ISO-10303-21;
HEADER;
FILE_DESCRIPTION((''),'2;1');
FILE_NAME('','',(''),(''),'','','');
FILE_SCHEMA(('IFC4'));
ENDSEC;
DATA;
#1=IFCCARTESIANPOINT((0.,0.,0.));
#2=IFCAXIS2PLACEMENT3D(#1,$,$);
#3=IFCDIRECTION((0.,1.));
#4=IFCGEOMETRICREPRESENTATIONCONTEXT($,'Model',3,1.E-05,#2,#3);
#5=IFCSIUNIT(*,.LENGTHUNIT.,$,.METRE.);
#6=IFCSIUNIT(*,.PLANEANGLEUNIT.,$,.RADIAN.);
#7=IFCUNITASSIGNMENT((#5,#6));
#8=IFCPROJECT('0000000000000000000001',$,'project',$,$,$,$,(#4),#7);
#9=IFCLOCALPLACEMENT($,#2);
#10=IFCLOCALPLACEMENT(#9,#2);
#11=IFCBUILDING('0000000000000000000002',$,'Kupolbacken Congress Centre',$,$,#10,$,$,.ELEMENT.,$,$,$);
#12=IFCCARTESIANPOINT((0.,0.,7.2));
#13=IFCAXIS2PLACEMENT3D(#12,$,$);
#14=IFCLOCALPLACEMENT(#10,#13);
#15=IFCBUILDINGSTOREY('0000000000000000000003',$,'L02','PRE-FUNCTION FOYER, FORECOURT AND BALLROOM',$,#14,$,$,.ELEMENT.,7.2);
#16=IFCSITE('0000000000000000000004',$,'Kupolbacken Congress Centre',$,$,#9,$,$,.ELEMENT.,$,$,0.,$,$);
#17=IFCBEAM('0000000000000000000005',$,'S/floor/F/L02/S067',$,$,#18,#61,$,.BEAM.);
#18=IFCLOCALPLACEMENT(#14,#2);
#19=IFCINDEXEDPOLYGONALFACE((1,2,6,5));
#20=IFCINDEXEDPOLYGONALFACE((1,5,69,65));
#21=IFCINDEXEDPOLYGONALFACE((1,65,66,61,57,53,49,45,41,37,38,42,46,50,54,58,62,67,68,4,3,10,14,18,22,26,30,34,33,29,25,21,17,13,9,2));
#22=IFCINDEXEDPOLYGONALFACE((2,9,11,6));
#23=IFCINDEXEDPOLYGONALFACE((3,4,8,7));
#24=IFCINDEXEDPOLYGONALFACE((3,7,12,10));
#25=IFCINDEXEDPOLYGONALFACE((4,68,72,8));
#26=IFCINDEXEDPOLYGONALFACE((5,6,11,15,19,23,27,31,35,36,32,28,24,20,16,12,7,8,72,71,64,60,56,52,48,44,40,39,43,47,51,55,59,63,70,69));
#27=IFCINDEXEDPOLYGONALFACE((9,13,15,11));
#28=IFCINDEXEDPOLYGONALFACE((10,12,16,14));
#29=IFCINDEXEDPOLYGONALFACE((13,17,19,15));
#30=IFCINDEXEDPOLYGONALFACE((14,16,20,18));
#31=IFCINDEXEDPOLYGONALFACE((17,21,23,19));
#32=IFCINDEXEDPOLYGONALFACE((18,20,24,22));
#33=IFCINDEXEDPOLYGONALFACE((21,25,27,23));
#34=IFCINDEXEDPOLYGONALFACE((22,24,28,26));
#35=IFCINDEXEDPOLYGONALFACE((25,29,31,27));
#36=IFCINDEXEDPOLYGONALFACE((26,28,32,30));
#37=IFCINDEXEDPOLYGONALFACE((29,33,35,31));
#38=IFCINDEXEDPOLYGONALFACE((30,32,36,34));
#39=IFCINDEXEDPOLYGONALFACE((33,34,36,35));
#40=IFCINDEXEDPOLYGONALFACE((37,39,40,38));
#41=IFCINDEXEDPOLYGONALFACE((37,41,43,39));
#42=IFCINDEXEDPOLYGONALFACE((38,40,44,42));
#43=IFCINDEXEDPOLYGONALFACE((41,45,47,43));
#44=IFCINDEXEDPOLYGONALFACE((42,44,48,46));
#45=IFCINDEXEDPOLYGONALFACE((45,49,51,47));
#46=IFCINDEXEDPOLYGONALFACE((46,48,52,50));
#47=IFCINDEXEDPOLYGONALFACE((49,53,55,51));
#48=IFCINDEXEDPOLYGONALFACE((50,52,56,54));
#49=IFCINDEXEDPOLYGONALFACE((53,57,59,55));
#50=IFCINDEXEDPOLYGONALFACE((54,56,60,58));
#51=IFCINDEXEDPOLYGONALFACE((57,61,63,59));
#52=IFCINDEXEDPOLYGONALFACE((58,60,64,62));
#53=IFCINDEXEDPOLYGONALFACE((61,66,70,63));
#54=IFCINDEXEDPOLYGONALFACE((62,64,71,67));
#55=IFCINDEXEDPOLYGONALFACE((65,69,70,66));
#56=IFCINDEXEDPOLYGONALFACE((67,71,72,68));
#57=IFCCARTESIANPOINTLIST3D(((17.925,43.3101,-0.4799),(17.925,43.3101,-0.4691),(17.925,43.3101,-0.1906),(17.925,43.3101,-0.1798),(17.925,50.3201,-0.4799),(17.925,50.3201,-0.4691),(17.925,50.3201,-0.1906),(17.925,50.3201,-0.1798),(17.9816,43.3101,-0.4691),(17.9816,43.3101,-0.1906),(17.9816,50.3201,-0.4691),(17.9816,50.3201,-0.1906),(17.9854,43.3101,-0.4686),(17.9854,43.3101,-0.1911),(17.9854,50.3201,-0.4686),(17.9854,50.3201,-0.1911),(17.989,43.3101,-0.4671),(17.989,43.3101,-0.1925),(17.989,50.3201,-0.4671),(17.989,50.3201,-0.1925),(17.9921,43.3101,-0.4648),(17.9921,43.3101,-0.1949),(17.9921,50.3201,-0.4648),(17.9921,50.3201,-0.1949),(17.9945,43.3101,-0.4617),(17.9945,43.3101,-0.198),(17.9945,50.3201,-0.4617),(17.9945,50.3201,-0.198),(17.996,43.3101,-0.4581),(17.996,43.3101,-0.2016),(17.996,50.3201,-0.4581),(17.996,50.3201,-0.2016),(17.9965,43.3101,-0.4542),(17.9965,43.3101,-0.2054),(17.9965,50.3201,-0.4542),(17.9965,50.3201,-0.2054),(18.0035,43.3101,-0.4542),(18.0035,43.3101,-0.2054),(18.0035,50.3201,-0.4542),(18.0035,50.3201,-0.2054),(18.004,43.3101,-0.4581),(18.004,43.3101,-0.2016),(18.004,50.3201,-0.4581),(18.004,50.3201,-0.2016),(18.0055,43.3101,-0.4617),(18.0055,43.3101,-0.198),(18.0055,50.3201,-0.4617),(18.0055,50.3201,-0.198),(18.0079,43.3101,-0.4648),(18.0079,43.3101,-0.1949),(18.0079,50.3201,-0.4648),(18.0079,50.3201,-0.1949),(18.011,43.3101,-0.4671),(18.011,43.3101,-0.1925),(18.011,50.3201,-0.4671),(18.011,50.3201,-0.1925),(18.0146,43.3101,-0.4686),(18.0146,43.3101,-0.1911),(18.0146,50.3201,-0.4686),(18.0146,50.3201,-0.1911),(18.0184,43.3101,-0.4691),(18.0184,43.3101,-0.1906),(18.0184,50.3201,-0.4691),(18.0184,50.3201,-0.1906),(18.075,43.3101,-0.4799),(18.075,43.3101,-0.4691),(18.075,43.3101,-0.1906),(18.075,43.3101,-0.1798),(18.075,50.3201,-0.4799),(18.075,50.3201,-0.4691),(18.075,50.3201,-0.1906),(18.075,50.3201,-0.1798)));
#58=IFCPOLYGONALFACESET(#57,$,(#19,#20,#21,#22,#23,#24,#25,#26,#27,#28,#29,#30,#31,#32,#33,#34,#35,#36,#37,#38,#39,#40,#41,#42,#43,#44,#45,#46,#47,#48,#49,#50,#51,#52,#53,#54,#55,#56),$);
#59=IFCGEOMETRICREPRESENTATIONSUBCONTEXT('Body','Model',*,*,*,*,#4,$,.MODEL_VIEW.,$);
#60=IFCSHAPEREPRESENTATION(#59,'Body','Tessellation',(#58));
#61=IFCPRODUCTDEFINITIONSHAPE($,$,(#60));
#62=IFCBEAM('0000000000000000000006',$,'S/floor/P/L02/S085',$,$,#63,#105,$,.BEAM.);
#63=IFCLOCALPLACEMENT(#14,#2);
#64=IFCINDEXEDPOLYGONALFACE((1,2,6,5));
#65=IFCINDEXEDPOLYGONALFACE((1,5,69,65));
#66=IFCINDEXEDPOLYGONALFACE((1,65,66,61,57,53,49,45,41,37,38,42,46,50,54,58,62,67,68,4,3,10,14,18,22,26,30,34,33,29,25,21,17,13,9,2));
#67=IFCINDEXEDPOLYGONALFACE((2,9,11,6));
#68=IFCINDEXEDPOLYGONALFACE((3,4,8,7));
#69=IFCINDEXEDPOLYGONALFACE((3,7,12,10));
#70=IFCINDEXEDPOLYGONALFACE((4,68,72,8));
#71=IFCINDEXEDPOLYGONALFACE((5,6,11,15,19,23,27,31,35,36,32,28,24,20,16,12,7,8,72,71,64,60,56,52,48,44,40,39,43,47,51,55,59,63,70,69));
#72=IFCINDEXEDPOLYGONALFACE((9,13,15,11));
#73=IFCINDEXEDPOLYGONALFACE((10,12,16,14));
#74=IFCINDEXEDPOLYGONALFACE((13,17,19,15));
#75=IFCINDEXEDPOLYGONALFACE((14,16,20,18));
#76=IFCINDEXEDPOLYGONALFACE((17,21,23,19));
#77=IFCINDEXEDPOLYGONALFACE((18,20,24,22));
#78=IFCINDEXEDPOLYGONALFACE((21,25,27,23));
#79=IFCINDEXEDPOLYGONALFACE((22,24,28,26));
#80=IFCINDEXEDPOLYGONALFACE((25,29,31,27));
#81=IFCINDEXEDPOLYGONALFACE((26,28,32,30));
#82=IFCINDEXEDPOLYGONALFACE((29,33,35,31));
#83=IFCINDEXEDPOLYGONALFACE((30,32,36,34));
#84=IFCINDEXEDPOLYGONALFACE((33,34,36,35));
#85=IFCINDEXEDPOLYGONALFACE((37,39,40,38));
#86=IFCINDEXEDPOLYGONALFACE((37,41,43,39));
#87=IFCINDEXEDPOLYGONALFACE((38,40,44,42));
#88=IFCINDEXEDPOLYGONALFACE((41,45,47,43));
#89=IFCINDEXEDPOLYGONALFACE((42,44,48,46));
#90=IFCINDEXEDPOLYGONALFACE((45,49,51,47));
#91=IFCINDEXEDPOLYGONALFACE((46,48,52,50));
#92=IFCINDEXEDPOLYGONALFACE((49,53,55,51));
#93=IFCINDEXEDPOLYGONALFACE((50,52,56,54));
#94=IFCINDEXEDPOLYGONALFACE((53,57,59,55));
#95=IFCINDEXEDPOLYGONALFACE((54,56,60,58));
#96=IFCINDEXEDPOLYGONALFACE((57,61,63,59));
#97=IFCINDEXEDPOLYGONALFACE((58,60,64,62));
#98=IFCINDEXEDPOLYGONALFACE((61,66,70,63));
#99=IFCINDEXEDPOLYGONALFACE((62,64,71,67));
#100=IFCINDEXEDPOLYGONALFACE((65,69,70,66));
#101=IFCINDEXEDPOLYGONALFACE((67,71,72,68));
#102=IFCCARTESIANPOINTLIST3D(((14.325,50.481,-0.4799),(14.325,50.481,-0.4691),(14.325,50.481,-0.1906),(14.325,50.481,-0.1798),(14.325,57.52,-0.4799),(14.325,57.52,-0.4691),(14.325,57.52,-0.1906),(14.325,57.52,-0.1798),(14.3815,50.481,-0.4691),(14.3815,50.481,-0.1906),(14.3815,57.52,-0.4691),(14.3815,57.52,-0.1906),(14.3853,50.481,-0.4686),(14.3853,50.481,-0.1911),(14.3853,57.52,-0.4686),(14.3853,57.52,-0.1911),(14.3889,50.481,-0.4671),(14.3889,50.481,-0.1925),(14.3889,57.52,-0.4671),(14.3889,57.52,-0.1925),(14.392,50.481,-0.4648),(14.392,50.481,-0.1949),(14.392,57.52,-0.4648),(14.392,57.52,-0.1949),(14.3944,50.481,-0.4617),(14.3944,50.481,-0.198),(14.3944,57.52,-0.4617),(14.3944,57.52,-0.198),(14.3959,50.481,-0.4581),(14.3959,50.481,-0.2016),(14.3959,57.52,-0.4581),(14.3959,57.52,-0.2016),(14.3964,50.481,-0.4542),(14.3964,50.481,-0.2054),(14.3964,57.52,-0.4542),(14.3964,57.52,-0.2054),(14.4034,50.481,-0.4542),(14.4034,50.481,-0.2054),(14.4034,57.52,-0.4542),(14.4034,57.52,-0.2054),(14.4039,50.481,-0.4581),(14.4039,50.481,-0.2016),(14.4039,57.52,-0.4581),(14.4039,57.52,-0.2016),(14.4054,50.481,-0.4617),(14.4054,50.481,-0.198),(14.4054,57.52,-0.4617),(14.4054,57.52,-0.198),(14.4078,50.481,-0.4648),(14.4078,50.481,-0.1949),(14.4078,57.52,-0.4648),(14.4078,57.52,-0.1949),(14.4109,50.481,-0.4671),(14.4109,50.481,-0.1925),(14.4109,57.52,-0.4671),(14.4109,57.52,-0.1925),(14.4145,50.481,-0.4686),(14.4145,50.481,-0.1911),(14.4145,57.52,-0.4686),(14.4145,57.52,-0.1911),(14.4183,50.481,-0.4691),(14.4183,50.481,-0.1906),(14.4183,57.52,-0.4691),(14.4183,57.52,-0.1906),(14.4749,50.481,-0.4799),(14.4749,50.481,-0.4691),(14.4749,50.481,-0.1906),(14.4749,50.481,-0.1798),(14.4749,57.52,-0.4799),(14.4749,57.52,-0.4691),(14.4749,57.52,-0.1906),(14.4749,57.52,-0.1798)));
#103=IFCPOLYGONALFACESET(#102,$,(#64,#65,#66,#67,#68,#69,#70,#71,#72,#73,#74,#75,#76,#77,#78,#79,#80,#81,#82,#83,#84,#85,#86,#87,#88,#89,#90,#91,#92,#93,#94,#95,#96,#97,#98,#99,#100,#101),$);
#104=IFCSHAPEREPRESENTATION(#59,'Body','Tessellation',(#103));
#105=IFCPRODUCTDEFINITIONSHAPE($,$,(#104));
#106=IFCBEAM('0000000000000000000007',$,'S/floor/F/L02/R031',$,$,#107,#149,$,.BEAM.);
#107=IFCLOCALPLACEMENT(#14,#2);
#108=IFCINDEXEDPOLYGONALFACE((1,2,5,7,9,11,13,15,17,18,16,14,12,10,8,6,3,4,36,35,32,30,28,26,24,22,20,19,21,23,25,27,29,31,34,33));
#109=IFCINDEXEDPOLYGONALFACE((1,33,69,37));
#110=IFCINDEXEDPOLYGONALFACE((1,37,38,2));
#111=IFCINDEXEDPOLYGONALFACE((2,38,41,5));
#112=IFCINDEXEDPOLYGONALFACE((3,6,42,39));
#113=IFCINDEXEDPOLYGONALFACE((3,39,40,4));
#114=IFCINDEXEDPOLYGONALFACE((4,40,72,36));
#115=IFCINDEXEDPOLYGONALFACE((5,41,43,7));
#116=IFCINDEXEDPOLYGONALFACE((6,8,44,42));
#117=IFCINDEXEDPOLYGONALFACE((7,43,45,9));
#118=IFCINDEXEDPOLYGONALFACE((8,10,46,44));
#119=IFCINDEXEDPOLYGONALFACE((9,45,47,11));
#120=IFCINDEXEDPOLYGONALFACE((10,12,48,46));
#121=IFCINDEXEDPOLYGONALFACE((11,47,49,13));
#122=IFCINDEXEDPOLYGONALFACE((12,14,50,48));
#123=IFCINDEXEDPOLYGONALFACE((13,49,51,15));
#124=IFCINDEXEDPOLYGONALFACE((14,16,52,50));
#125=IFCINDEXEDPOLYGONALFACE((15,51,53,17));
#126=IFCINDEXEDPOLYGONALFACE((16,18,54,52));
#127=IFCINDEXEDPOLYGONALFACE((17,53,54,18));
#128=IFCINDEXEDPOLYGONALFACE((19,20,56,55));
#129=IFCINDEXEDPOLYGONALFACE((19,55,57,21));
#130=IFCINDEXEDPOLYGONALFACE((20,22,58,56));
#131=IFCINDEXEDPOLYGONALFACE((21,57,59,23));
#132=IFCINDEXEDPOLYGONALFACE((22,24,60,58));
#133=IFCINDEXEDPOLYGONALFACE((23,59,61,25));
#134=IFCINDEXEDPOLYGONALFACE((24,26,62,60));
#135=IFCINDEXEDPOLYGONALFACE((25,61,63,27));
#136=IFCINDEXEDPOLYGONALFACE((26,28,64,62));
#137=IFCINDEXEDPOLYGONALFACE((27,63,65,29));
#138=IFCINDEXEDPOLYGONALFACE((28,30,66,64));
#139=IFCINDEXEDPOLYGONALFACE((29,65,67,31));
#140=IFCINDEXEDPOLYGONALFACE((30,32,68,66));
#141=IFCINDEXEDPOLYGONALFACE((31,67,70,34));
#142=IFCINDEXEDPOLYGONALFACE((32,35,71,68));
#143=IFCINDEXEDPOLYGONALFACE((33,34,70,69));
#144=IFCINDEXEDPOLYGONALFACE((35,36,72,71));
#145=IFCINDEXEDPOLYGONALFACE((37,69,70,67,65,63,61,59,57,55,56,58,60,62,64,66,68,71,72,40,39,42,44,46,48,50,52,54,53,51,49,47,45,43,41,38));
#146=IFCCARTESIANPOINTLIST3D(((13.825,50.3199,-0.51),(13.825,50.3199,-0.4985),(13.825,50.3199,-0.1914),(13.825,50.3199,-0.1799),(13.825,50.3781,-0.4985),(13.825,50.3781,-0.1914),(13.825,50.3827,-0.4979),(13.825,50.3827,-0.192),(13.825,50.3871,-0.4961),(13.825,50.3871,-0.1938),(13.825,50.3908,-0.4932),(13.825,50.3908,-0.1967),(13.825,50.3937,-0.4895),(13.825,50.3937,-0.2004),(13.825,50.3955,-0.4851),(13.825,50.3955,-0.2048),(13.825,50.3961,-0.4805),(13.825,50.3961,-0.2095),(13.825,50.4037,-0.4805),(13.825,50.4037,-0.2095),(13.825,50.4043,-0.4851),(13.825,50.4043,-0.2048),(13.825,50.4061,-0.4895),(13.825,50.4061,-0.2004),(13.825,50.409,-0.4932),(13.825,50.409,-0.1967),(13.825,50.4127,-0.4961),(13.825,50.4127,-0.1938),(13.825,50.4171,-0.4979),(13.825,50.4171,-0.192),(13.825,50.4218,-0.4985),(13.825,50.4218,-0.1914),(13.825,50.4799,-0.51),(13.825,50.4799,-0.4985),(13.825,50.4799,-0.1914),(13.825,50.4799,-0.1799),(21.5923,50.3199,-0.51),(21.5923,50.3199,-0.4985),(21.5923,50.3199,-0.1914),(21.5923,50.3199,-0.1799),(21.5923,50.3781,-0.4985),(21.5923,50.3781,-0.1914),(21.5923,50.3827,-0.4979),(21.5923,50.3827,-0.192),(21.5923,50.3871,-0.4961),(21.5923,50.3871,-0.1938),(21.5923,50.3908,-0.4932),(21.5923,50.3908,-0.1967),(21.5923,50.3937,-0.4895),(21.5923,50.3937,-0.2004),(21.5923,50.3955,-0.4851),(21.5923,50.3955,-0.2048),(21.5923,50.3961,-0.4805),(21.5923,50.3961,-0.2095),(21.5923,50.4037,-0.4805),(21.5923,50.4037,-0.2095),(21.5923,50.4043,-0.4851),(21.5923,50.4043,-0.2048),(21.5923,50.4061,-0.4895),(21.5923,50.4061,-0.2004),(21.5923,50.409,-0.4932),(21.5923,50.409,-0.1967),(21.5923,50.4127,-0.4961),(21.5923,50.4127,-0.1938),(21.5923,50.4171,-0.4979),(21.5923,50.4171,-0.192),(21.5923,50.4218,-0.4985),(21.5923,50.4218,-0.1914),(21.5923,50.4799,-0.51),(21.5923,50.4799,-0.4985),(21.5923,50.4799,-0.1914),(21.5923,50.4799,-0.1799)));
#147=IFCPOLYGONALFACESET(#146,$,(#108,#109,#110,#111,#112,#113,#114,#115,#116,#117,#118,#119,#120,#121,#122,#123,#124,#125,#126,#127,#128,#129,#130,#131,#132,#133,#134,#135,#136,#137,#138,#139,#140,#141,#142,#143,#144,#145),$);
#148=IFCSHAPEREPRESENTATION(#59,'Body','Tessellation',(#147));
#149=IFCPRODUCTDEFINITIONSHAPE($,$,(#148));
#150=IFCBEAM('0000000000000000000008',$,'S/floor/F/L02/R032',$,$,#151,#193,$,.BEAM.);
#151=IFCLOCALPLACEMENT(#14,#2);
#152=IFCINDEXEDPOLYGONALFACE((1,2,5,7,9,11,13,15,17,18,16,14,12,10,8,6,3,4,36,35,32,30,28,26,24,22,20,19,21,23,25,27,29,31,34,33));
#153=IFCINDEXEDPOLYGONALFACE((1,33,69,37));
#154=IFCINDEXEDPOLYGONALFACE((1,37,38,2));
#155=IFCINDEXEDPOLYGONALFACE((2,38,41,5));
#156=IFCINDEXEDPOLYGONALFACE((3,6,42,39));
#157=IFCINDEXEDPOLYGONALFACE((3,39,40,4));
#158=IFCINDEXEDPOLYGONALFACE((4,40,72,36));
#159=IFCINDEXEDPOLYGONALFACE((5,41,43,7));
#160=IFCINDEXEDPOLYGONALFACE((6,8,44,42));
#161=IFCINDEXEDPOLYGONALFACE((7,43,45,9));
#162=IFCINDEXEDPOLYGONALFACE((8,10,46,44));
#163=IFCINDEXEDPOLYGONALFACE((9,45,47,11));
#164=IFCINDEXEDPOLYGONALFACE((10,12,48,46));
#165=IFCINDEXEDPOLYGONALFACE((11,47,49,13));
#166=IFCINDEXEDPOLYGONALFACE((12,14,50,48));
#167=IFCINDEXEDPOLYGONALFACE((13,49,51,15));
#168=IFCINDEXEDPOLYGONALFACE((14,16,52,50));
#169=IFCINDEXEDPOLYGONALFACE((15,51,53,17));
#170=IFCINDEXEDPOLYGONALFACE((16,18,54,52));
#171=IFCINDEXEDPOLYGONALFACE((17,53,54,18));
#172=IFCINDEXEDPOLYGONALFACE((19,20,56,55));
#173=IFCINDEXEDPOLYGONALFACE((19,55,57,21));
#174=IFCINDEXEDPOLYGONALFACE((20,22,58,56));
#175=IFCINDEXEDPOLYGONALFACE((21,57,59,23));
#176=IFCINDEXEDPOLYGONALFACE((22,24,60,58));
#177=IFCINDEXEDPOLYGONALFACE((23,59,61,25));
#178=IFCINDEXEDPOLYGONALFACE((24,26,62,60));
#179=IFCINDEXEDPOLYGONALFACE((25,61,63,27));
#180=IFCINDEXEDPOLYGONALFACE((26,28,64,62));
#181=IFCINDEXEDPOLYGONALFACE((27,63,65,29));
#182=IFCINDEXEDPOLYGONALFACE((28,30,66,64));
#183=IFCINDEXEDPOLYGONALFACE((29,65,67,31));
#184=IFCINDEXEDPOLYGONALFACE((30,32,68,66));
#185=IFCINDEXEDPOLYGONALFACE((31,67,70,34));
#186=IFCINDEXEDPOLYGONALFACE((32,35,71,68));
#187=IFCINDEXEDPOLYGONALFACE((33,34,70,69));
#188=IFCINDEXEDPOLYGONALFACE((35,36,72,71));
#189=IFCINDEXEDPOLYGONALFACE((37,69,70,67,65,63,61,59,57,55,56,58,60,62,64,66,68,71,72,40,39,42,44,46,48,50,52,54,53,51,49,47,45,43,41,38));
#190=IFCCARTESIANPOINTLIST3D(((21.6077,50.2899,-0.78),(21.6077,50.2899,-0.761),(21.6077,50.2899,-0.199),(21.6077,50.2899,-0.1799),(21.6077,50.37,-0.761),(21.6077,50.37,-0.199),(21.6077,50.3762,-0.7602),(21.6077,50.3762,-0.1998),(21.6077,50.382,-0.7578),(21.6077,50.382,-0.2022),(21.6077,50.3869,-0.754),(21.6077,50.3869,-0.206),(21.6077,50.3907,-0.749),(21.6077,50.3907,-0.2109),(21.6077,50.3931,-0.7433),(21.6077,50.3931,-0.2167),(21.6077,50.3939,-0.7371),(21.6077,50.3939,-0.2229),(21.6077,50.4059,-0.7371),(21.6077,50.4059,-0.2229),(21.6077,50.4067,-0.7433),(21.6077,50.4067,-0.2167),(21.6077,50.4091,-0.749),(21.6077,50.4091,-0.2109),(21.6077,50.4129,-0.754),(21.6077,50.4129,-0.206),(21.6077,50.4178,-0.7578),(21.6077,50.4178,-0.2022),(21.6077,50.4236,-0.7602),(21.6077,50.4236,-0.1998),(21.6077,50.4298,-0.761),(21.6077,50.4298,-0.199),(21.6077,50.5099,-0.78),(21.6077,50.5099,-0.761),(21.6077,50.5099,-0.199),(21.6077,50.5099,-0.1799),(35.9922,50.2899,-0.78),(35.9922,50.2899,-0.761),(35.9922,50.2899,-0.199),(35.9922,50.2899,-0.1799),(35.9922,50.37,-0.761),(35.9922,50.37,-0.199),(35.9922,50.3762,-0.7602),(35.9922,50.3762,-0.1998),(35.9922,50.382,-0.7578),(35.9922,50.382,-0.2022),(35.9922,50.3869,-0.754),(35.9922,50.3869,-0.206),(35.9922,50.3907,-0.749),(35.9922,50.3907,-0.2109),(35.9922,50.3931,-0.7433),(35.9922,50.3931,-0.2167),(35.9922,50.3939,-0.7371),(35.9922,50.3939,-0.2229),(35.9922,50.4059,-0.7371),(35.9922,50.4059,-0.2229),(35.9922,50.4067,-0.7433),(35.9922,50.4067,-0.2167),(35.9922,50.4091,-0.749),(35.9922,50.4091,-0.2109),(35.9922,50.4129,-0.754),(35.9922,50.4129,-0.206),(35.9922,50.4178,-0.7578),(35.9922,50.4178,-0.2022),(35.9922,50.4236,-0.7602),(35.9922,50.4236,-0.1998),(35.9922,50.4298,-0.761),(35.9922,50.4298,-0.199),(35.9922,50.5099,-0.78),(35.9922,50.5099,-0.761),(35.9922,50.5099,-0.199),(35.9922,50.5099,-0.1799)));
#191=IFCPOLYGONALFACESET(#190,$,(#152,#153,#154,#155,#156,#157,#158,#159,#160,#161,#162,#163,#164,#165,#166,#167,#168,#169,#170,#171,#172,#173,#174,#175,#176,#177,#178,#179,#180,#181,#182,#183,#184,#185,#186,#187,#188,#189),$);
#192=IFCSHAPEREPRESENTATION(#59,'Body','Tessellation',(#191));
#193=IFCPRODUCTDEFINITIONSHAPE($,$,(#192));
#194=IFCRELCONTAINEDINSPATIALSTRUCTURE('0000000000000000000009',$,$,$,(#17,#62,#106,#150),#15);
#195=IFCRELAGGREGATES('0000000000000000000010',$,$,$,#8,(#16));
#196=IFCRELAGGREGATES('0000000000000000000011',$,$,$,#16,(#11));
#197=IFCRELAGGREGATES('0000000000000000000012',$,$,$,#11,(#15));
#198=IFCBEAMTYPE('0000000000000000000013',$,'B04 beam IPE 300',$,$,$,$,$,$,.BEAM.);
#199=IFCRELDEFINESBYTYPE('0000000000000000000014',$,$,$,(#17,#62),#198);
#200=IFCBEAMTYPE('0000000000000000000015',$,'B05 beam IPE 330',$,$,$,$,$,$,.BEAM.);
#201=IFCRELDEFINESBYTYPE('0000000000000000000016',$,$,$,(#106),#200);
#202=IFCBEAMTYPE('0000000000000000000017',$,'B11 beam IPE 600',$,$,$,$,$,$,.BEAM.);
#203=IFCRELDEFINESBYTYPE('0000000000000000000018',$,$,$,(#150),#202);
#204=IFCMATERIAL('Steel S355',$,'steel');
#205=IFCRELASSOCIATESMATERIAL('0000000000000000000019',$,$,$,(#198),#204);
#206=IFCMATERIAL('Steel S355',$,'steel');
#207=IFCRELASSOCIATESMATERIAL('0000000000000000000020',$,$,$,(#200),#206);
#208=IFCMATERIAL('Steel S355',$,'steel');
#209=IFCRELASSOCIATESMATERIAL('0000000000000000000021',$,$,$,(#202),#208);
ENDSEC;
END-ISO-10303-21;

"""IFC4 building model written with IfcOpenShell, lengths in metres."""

from ifc_helpers import new_model, si_unit, direction, frame, origin, origin_2d, place, context, subcontext, project, spatial, i_section, extrude, material, material_profile, profile_set, type_object, element, save


model = new_model("IFC4")

# Units and contexts
model_context = context("Model", 3, precision=1e-05, world=origin(), true_north=direction((0.0, 1.0)))
body_context = subcontext(model_context, "Body", "Model", "MODEL_VIEW")
ifc_project = project(units=[si_unit("LENGTHUNIT", "METRE"), si_unit("PLANEANGLEUNIT", "RADIAN")], contexts=[model_context])

# Site, building, storey
site_placement = place(None, origin())
site = spatial("IfcSite", under=ifc_project, at=site_placement, Name="Kupolbacken Congress Centre", CompositionType="ELEMENT", RefElevation=0.0)
building_placement = place(site_placement, origin())
building = spatial("IfcBuilding", under=site, at=building_placement, Name="Kupolbacken Congress Centre", CompositionType="ELEMENT")
storey_placement = place(building_placement, frame((0.0, 0.0, 7.2)))
storey = spatial("IfcBuildingStorey", under=building, at=storey_placement, Name="L02", Description="PRE-FUNCTION FOYER, FORECOURT AND BALLROOM", CompositionType="ELEMENT", Elevation=7.2)

# Beams
ifc_material_1 = material(Name="Steel S355", Category="steel")
ifc_material_profile_1 = material_profile(ifc_material_1, i_section(OverallWidth=0.1499, OverallDepth=0.3, WebThickness=0.0071, FlangeThickness=0.0107, FilletRadius=0.0149, at=origin_2d()), Name="IPE 300")
ifc_profile_set_1 = profile_set([ifc_material_profile_1], Name="Steel S355")
beam_type_1 = type_object("IfcBeamType", Name="B04 beam IPE 300", PredefinedType="BEAM", material=ifc_profile_set_1)
for number, where, z_axis, x_axis, name in (
    (1, (18.0, 43.3101, -0.3298), (0.0, 1.0, 0.0), (-1.0, 0.0, 0.0), "S/floor/F/L02/S067"),
):
    element("IfcBeam", number, at=place(storey_placement, frame(where, z_axis=z_axis, x_axis=x_axis)), inside=storey, type_object=beam_type_1, Name=name, PredefinedType="BEAM", context=body_context, shape_type="SweptSolid", body=[
        extrude(i_section(OverallWidth=0.1499, OverallDepth=0.3, WebThickness=0.0071, FlangeThickness=0.0107, FilletRadius=0.0149, at=origin_2d()), origin(), (0.0, 0.0, 1.0), 7.01),
    ])
beam_1_placement = place(storey_placement, frame((14.3999, 50.481, -0.3298), z_axis=(0.0, 1.0, 0.0), x_axis=(-1.0, 0.0, 0.0)))
element("IfcBeam", 2, at=beam_1_placement, inside=storey, type_object=beam_type_1, Name="S/floor/P/L02/S085", PredefinedType="BEAM", context=body_context, shape_type="SweptSolid", body=[
    extrude(i_section(OverallWidth=0.1499, OverallDepth=0.3, WebThickness=0.0071, FlangeThickness=0.0107, FilletRadius=0.0149, at=origin_2d()), origin(), (0.0, 0.0, 1.0), 7.0391),
])
ifc_material_2 = material(Name="Steel S355", Category="steel")
ifc_material_profile_2 = material_profile(ifc_material_2, i_section(OverallWidth=0.1599, OverallDepth=0.3301, WebThickness=0.0076, FlangeThickness=0.0115, FilletRadius=0.0181, at=origin_2d()), Name="IPE 330")
ifc_profile_set_2 = profile_set([ifc_material_profile_2], Name="Steel S355")
beam_type_2 = type_object("IfcBeamType", Name="B05 beam IPE 330", PredefinedType="BEAM", material=ifc_profile_set_2)
beam_2_placement = place(storey_placement, frame((13.825, 50.3999, -0.345), z_axis=(1.0, 0.0, 0.0), x_axis=(0.0, 1.0, 0.0)))
element("IfcBeam", 3, at=beam_2_placement, inside=storey, type_object=beam_type_2, Name="S/floor/F/L02/R031", PredefinedType="BEAM", context=body_context, shape_type="SweptSolid", body=[
    extrude(i_section(OverallWidth=0.1599, OverallDepth=0.3301, WebThickness=0.0076, FlangeThickness=0.0115, FilletRadius=0.0181, at=origin_2d()), origin(), (0.0, 0.0, 1.0), 7.7673),
])
ifc_material_3 = material(Name="Steel S355", Category="steel")
ifc_material_profile_3 = material_profile(ifc_material_3, i_section(OverallWidth=0.22, OverallDepth=0.6001, WebThickness=0.012, FlangeThickness=0.019, FilletRadius=0.0239, at=origin_2d()), Name="IPE 600")
ifc_profile_set_3 = profile_set([ifc_material_profile_3], Name="Steel S355")
beam_type_3 = type_object("IfcBeamType", Name="B11 beam IPE 600", PredefinedType="BEAM", material=ifc_profile_set_3)
beam_3_placement = place(storey_placement, frame((21.6077, 50.3999, -0.48), z_axis=(1.0, 0.0, 0.0), x_axis=(0.0, 1.0, 0.0)))
element("IfcBeam", 4, at=beam_3_placement, inside=storey, type_object=beam_type_3, Name="S/floor/F/L02/R032", PredefinedType="BEAM", context=body_context, shape_type="SweptSolid", body=[
    extrude(i_section(OverallWidth=0.22, OverallDepth=0.6001, WebThickness=0.012, FlangeThickness=0.019, FilletRadius=0.0239, at=origin_2d()), origin(), (0.0, 0.0, 1.0), 14.3845),
])

save(model, "model.ifc")
